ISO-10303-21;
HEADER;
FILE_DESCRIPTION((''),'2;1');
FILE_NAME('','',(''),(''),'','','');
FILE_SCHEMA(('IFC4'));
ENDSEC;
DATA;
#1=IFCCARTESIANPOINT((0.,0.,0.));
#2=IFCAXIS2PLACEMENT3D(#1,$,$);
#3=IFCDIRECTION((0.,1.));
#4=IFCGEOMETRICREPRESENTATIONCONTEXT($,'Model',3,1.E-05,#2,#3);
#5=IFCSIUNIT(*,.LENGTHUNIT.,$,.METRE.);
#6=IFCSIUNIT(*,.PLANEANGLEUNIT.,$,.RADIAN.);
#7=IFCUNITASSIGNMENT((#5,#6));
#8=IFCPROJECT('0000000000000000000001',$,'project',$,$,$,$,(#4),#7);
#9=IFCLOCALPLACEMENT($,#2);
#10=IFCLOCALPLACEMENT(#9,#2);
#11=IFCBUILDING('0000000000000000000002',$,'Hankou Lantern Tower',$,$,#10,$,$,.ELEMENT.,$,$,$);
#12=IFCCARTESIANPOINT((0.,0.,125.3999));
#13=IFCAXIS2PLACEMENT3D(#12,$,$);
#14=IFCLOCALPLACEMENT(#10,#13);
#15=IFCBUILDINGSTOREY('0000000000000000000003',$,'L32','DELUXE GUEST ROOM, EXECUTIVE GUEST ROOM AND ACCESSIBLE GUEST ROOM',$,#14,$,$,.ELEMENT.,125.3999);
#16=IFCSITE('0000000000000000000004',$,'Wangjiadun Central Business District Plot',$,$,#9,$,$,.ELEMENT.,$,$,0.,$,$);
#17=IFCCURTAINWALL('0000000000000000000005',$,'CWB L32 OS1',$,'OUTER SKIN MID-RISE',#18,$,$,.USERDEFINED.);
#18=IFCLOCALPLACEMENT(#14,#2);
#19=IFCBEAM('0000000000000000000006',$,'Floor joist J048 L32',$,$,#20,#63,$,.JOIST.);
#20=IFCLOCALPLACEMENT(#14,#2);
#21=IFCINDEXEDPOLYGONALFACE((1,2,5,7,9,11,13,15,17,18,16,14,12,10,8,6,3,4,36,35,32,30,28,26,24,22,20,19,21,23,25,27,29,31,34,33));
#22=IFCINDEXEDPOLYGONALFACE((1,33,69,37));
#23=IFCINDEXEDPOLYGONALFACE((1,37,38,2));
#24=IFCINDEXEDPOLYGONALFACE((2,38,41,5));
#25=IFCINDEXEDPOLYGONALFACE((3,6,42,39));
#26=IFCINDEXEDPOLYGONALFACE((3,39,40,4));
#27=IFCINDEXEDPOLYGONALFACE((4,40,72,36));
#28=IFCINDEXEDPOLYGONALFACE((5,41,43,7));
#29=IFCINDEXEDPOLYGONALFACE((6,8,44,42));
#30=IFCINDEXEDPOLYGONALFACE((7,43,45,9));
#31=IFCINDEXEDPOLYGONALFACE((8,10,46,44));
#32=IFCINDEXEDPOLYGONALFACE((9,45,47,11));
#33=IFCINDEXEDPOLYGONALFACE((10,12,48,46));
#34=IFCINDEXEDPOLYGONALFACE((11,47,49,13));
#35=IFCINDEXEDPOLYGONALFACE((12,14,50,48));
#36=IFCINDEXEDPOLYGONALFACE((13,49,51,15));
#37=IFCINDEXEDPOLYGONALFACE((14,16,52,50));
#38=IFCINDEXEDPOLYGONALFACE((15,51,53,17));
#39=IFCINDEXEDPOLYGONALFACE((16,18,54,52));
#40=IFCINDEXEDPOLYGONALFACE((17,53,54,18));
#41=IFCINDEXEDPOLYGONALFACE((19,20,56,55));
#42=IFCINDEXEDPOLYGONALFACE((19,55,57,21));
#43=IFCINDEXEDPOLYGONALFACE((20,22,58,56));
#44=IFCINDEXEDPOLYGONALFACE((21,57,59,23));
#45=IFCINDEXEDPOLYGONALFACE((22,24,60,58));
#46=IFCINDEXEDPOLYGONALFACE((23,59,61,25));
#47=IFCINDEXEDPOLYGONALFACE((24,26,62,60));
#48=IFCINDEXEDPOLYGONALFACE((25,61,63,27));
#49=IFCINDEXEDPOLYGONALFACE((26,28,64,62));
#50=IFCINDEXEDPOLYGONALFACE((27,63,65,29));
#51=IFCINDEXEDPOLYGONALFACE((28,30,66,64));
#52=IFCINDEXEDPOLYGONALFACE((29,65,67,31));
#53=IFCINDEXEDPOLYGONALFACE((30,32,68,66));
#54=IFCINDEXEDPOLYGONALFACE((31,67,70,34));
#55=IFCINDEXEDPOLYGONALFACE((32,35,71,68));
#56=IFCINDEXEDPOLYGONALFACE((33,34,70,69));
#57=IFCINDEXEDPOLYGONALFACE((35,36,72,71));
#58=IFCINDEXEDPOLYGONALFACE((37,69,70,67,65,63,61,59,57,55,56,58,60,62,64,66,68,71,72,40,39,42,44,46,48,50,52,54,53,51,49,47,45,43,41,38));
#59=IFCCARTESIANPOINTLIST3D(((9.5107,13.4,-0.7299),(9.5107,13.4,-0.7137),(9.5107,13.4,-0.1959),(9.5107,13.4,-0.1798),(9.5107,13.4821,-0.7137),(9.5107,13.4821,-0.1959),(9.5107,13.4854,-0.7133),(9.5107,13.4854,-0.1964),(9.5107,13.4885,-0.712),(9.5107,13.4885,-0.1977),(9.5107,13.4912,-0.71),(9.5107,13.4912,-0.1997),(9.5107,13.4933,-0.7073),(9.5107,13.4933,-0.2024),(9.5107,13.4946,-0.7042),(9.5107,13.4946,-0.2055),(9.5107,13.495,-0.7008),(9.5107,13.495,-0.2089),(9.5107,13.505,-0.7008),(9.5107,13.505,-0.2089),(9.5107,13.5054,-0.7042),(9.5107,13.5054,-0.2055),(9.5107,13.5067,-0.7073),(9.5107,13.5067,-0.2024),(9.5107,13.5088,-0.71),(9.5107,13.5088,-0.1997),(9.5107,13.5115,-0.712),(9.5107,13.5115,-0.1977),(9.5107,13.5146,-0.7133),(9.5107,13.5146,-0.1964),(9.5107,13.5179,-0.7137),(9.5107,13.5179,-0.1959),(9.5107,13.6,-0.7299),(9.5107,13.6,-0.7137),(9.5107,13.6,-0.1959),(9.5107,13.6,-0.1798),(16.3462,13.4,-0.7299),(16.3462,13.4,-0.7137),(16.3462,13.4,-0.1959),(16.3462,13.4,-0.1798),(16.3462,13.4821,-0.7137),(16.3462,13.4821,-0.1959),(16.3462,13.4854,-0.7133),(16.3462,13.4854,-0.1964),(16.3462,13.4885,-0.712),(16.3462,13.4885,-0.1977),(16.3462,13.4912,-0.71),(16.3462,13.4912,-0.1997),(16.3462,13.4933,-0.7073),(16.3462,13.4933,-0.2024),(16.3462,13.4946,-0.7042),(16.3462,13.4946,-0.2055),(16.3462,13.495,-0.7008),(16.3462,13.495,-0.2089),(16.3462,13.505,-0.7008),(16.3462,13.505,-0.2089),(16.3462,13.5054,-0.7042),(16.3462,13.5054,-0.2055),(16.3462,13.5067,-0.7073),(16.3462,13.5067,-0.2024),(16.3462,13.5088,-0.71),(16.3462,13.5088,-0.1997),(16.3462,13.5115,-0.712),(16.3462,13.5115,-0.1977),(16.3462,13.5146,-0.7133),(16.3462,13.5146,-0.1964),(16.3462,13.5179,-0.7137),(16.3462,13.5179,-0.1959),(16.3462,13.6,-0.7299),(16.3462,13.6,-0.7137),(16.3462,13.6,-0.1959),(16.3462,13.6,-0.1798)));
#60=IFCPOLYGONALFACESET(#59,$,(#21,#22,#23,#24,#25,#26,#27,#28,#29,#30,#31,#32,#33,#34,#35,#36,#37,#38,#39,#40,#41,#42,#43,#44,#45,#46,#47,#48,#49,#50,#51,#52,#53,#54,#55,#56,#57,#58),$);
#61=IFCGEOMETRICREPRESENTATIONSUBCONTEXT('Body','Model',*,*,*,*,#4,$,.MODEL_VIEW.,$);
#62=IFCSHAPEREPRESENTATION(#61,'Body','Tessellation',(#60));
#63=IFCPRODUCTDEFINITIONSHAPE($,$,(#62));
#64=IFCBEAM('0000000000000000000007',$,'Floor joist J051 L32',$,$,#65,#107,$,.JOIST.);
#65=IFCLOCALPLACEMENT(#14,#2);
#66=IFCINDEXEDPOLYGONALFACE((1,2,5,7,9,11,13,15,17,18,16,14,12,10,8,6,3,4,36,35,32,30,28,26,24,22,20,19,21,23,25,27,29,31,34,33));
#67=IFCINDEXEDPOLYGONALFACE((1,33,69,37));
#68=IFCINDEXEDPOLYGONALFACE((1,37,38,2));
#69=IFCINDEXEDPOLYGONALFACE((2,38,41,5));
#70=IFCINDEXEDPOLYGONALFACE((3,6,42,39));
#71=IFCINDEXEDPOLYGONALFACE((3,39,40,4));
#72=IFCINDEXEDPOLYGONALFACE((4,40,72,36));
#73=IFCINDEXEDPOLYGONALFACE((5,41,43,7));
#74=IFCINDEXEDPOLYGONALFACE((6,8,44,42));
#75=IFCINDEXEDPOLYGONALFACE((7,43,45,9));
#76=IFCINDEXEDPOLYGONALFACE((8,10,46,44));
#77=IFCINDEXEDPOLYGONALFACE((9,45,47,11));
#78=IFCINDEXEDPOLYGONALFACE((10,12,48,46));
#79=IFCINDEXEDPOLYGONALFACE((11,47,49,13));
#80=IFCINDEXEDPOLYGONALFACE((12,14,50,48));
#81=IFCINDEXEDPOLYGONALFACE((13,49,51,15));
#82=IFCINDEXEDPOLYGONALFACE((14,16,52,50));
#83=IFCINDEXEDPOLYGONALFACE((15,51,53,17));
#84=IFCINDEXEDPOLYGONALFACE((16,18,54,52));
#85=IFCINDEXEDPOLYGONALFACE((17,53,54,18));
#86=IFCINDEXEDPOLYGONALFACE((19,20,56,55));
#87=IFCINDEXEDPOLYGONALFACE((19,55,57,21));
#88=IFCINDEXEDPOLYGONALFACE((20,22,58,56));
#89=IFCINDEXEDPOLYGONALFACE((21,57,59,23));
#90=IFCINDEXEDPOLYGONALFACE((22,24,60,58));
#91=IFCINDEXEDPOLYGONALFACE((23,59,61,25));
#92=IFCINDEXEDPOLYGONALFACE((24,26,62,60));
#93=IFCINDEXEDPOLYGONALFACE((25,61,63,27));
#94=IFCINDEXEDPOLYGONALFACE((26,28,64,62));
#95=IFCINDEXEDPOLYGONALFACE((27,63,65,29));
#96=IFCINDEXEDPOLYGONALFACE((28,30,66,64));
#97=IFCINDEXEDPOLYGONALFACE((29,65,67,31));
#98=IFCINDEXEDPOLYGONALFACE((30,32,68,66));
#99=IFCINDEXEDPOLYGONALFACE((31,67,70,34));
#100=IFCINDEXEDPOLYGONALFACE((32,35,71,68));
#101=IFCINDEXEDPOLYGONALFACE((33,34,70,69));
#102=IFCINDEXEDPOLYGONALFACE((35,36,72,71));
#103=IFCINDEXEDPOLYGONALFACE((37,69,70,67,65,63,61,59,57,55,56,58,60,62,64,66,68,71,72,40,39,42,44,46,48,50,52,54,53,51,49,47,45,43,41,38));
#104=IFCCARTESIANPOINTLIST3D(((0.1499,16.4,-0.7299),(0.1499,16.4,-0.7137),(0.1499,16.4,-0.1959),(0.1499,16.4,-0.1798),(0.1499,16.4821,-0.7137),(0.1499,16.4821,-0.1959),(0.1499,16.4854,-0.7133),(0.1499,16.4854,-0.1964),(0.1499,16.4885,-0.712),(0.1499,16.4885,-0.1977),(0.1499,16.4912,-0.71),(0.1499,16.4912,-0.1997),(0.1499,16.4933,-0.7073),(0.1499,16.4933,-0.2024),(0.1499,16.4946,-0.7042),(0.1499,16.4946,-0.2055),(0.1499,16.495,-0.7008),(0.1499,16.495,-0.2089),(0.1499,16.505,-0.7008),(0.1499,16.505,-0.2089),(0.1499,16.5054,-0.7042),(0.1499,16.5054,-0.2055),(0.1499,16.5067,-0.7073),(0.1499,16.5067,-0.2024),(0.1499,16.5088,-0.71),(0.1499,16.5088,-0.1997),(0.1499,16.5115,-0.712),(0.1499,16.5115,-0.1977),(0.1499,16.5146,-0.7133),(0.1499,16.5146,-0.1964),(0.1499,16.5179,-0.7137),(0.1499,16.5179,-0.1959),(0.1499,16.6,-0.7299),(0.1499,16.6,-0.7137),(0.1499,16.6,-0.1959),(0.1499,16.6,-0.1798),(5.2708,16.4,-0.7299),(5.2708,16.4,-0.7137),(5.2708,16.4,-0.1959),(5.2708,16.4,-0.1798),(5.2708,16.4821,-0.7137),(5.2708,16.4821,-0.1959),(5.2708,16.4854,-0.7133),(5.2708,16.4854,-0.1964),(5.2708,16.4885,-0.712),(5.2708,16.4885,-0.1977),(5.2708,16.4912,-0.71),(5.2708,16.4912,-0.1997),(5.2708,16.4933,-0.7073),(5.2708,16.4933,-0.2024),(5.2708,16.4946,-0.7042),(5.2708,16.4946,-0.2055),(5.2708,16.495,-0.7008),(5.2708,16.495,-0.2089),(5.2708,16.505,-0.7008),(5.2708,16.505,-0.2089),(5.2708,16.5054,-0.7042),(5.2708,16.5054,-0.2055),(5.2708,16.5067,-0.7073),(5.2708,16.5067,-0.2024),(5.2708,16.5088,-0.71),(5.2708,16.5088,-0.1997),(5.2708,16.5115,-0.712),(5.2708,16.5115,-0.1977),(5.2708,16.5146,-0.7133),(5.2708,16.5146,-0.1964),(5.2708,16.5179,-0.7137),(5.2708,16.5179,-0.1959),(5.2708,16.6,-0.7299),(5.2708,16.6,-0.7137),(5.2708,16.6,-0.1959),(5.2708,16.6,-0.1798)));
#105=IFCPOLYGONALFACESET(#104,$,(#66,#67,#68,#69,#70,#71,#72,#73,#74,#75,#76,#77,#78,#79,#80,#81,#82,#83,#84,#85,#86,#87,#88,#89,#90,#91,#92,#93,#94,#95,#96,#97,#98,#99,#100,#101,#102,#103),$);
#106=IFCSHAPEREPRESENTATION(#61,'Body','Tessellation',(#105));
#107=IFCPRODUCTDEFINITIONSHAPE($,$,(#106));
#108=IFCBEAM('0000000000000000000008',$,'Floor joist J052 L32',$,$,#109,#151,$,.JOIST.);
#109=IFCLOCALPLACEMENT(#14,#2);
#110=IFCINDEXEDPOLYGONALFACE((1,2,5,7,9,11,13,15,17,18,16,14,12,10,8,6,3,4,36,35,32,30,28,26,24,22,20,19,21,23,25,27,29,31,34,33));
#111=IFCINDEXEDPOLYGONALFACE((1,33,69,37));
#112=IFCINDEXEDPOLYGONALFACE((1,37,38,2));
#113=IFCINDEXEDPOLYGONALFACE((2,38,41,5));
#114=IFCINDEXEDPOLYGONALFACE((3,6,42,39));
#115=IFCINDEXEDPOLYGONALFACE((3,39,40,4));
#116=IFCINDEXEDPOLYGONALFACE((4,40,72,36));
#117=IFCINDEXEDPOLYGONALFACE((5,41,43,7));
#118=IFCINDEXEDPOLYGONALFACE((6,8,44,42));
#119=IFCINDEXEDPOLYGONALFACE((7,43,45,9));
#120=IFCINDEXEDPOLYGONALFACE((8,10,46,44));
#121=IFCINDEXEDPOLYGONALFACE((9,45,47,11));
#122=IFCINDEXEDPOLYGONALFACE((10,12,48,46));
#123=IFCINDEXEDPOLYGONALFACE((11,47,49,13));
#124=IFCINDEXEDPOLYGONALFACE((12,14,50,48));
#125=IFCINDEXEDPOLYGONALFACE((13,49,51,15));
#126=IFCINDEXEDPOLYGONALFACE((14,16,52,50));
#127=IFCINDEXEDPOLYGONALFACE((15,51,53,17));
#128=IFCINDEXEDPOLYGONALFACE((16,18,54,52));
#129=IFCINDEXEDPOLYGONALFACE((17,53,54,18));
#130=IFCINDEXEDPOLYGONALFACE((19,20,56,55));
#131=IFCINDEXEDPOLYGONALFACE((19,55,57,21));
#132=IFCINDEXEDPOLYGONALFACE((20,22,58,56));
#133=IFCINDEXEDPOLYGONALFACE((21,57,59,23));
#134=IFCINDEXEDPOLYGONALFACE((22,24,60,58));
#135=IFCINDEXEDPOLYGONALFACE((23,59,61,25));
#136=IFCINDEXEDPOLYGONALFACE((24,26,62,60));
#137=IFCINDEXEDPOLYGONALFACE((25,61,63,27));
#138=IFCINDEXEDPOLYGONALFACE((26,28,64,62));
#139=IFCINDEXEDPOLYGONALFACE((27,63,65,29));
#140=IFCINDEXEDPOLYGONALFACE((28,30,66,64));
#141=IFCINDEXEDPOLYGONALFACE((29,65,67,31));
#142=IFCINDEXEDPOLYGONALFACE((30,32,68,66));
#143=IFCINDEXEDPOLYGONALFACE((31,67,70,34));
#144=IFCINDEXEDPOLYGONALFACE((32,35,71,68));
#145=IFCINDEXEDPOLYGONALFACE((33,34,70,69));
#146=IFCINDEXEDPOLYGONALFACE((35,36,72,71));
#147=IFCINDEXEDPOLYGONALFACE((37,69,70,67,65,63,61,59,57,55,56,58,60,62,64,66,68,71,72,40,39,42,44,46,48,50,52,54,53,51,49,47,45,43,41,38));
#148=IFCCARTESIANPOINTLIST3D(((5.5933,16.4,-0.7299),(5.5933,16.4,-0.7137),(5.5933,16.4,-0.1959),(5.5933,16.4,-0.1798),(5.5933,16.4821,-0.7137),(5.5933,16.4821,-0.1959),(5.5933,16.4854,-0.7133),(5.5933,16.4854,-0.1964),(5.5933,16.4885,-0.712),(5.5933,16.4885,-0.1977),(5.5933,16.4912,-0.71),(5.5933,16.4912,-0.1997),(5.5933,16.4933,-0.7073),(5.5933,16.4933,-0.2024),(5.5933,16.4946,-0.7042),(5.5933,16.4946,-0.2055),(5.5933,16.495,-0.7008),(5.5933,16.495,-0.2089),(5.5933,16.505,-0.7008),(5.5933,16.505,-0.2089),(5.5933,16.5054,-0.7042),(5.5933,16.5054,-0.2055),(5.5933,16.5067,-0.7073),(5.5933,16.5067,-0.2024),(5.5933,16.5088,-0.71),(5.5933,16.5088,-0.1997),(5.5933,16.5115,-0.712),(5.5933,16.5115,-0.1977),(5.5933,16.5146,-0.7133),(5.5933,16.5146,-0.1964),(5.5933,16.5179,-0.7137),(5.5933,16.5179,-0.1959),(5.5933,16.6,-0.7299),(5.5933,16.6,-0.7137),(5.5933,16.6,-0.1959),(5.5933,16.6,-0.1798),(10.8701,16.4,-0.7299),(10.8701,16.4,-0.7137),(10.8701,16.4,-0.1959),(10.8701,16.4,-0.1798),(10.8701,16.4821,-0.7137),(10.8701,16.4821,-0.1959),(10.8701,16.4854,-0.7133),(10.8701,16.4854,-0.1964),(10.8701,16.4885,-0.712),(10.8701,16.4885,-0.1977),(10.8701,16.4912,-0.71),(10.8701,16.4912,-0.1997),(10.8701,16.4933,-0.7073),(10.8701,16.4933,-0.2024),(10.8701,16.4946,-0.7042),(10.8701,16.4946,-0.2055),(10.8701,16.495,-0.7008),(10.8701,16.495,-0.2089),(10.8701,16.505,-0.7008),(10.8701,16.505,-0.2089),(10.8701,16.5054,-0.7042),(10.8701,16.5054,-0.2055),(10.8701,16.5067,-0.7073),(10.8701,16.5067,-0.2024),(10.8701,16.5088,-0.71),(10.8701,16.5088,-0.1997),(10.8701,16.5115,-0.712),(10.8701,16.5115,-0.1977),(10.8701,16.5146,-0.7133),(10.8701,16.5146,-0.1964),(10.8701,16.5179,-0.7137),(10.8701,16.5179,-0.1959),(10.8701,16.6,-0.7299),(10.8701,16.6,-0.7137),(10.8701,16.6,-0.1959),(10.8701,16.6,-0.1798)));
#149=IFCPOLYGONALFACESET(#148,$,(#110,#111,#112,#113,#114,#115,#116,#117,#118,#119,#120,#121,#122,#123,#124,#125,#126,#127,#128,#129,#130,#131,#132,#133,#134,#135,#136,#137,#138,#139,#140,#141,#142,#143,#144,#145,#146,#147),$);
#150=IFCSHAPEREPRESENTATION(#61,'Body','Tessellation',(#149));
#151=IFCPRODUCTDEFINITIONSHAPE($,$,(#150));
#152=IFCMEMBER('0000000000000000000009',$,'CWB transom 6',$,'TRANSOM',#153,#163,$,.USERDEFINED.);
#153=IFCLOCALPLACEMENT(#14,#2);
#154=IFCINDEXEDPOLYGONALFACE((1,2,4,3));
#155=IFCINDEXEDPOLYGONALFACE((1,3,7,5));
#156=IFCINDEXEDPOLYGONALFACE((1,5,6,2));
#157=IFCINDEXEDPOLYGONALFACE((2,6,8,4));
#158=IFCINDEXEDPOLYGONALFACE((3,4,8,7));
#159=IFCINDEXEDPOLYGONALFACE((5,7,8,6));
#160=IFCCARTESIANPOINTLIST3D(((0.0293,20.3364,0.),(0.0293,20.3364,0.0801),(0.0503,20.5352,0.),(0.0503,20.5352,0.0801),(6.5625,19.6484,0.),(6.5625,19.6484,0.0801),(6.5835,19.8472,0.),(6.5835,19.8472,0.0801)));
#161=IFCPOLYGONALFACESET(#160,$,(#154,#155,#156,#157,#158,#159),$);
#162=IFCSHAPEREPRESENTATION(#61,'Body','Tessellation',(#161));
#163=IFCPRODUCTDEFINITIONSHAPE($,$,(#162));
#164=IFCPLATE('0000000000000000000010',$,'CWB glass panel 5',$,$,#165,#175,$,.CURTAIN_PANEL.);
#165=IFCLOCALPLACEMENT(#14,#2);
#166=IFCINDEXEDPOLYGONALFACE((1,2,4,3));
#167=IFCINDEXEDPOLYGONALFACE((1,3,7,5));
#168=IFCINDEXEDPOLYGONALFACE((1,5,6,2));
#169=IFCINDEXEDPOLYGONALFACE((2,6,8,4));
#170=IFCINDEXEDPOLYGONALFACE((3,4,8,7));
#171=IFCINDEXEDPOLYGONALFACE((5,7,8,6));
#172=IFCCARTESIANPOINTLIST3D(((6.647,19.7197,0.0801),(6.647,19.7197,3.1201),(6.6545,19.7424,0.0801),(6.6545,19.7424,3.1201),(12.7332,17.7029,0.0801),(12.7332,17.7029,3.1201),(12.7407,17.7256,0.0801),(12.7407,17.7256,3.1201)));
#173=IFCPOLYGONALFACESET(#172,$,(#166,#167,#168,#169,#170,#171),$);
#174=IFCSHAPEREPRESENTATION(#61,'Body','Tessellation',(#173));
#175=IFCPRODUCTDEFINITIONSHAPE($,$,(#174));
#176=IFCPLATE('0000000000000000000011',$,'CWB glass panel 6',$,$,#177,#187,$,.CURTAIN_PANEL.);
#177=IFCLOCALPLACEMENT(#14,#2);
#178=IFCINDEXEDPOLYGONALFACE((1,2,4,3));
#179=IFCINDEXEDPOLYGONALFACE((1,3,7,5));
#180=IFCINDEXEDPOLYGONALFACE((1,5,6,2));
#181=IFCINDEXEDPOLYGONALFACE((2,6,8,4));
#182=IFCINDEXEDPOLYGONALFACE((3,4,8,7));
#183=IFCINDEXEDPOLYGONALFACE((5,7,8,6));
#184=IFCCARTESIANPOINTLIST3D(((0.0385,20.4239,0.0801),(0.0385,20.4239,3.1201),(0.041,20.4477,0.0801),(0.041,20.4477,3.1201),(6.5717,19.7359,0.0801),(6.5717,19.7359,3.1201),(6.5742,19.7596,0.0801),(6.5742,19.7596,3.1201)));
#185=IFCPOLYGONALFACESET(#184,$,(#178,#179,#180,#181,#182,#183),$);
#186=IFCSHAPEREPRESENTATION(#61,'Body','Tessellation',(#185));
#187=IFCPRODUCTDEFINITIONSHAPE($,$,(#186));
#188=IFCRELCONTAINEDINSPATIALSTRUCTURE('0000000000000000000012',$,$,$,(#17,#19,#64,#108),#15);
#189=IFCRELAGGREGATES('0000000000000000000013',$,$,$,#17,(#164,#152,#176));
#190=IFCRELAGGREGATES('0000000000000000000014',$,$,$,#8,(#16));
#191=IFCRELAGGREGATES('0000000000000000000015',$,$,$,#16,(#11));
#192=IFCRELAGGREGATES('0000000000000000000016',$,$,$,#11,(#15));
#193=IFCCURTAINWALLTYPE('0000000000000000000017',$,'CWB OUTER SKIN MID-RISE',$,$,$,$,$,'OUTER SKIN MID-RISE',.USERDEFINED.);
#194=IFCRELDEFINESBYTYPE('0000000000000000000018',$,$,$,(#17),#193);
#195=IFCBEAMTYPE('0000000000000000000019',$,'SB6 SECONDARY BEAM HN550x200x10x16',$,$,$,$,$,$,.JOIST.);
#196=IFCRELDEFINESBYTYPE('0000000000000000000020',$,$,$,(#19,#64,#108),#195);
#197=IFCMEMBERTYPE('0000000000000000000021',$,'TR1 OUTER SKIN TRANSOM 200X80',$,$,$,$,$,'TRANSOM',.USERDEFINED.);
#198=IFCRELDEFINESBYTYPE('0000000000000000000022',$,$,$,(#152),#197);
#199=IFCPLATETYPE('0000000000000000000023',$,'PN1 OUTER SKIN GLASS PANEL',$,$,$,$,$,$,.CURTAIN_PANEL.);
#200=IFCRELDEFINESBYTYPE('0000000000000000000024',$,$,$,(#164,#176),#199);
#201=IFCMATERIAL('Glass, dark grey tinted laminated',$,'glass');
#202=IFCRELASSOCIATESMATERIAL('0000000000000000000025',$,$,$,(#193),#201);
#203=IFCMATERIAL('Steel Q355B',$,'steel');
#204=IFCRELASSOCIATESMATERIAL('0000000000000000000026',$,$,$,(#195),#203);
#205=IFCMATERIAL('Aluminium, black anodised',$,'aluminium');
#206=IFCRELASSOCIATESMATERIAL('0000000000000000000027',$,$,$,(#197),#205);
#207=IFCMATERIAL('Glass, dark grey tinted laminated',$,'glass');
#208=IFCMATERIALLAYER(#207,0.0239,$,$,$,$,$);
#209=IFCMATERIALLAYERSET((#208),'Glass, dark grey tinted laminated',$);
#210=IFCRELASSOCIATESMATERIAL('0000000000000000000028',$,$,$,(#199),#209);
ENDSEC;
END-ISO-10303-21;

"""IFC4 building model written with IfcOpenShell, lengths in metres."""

from ifc_helpers import new_model, si_unit, direction, frame, origin, origin_2d, place, context, subcontext, project, spatial, rectangle, i_section, extrude, material, layer, layer_set, material_profile, profile_set, type_object, element, aggregate, save


model = new_model("IFC4")

# Units and contexts
model_context = context("Model", 3, precision=1e-05, world=origin(), true_north=direction((0.0, 1.0)))
body_context = subcontext(model_context, "Body", "Model", "MODEL_VIEW")
ifc_project = project(units=[si_unit("LENGTHUNIT", "METRE"), si_unit("PLANEANGLEUNIT", "RADIAN")], contexts=[model_context])

# Site, building, storey
site_placement = place(None, origin())
site = spatial("IfcSite", under=ifc_project, at=site_placement, Name="Wangjiadun Central Business District Plot", CompositionType="ELEMENT", RefElevation=0.0)
building_placement = place(site_placement, origin())
building = spatial("IfcBuilding", under=site, at=building_placement, Name="Hankou Lantern Tower", CompositionType="ELEMENT")
storey_placement = place(building_placement, frame((0.0, 0.0, 125.3999)))
storey = spatial("IfcBuildingStorey", under=building, at=storey_placement, Name="L32", Description="DELUXE GUEST ROOM, EXECUTIVE GUEST ROOM AND ACCESSIBLE GUEST ROOM", CompositionType="ELEMENT", Elevation=125.3999)

# Curtain wall
ifc_material_1 = material(Name="Glass, dark grey tinted laminated", Category="glass")
curtain_wall_type = type_object("IfcCurtainWallType", Name="CWB OUTER SKIN MID-RISE", ElementType="OUTER SKIN MID-RISE", PredefinedType="USERDEFINED", material=ifc_material_1)
curtain_wall_1_placement = place(storey_placement, origin())
curtain_wall_1 = element("IfcCurtainWall", 1, at=curtain_wall_1_placement, inside=storey, type_object=curtain_wall_type, Name="CWB L32 OS1", ObjectType="OUTER SKIN MID-RISE", PredefinedType="USERDEFINED")

# Beams
ifc_material_2 = material(Name="Steel Q355B", Category="steel")
ifc_material_profile_1 = material_profile(ifc_material_2, i_section(OverallWidth=0.2, OverallDepth=0.55, WebThickness=0.01, FlangeThickness=0.0161, FilletRadius=0.0129, at=origin_2d()), Name="HN550x200x10x16")
ifc_profile_set_1 = profile_set([ifc_material_profile_1], Name="Steel Q355B")
beam_type_1 = type_object("IfcBeamType", Name="SB6 SECONDARY BEAM HN550x200x10x16", PredefinedType="JOIST", material=ifc_profile_set_1)
beam_1_placement = place(storey_placement, frame((9.5107, 13.5, -0.4548), z_axis=(1.0, 0.0, 0.0), x_axis=(0.0, 1.0, 0.0)))
element("IfcBeam", 2, at=beam_1_placement, inside=storey, type_object=beam_type_1, Name="Floor joist J048 L32", PredefinedType="JOIST", context=body_context, shape_type="SweptSolid", body=[
    extrude(i_section(OverallWidth=0.2, OverallDepth=0.55, WebThickness=0.01, FlangeThickness=0.0161, FilletRadius=0.0129, at=origin_2d()), origin(), (0.0, 0.0, 1.0), 6.8354),
])
beam_2_placement = place(storey_placement, frame((0.1499, 16.5, -0.4548), z_axis=(1.0, 0.0, 0.0), x_axis=(0.0, 1.0, 0.0)))
element("IfcBeam", 3, at=beam_2_placement, inside=storey, type_object=beam_type_1, Name="Floor joist J051 L32", PredefinedType="JOIST", context=body_context, shape_type="SweptSolid", body=[
    extrude(i_section(OverallWidth=0.2, OverallDepth=0.55, WebThickness=0.01, FlangeThickness=0.0161, FilletRadius=0.0129, at=origin_2d()), origin(), (0.0, 0.0, 1.0), 5.1208),
])
beam_3_placement = place(storey_placement, frame((5.5933, 16.5, -0.4548), z_axis=(1.0, 0.0, 0.0), x_axis=(0.0, 1.0, 0.0)))
element("IfcBeam", 4, at=beam_3_placement, inside=storey, type_object=beam_type_1, Name="Floor joist J052 L32", PredefinedType="JOIST", context=body_context, shape_type="SweptSolid", body=[
    extrude(i_section(OverallWidth=0.2, OverallDepth=0.55, WebThickness=0.01, FlangeThickness=0.0161, FilletRadius=0.0129, at=origin_2d()), origin(), (0.0, 0.0, 1.0), 5.2769),
])

# Member
ifc_material_3 = material(Name="Aluminium, black anodised", Category="aluminium")
ifc_material_profile_2 = material_profile(ifc_material_3, rectangle(XDim=0.2, YDim=0.0801, at=origin_2d()), Name="TR1 200X80")
ifc_profile_set_2 = profile_set([ifc_material_profile_2], Name="Aluminium, black anodised")
member_type_1 = type_object("IfcMemberType", Name="TR1 OUTER SKIN TRANSOM 200X80", ElementType="TRANSOM", PredefinedType="USERDEFINED", material=ifc_profile_set_2)
member_1_placement = place(storey_placement, frame((6.573, 19.7478, 0.04), z_axis=(-0.994501, 0.104727, 0.0), x_axis=(-0.104727, -0.994501, 0.0)))
member_1 = element("IfcMember", 5, at=member_1_placement, type_object=member_type_1, Name="CWB transom 6", ObjectType="TRANSOM", PredefinedType="USERDEFINED", context=body_context, shape_type="SweptSolid", body=[
    extrude(rectangle(XDim=0.2, YDim=0.0801, at=origin_2d()), origin(), (0.0, 0.0, 1.0), 6.5693),
])

# Plates
ifc_material_4 = material(Name="Glass, dark grey tinted laminated", Category="glass")
ifc_layer_1 = layer(ifc_material_4, 0.0239)
ifc_layer_set_1 = layer_set([ifc_layer_1], Name="Glass, dark grey tinted laminated")
plate_type = type_object("IfcPlateType", Name="PN1 OUTER SKIN GLASS PANEL", PredefinedType="CURTAIN_PANEL", material=ifc_layer_set_1)
plate_1_placement = place(storey_placement, frame((9.6938, 18.7227, 0.0801), z_axis=(0.0, 0.0, 1.0), x_axis=(-0.949241, 0.314551, 0.0)))
plate_1 = element("IfcPlate", 6, at=plate_1_placement, type_object=plate_type, Name="CWB glass panel 5", PredefinedType="CURTAIN_PANEL", context=body_context, shape_type="SweptSolid", body=[
    extrude(rectangle(XDim=6.4116, YDim=0.0239, at=origin_2d()), origin(), (0.0, 0.0, 1.0), 3.04),
])
plate_2_placement = place(storey_placement, frame((3.3064, 20.0918, 0.0801), z_axis=(0.0, 0.0, 1.0), x_axis=(-0.994499, 0.104743, 0.0)))
plate_2 = element("IfcPlate", 7, at=plate_2_placement, type_object=plate_type, Name="CWB glass panel 6", PredefinedType="CURTAIN_PANEL", context=body_context, shape_type="SweptSolid", body=[
    extrude(rectangle(XDim=6.5693, YDim=0.0239, at=origin_2d()), origin(), (0.0, 0.0, 1.0), 3.04),
])
aggregate(curtain_wall_1, [plate_1, member_1, plate_2])

save(model, "model.ifc")
